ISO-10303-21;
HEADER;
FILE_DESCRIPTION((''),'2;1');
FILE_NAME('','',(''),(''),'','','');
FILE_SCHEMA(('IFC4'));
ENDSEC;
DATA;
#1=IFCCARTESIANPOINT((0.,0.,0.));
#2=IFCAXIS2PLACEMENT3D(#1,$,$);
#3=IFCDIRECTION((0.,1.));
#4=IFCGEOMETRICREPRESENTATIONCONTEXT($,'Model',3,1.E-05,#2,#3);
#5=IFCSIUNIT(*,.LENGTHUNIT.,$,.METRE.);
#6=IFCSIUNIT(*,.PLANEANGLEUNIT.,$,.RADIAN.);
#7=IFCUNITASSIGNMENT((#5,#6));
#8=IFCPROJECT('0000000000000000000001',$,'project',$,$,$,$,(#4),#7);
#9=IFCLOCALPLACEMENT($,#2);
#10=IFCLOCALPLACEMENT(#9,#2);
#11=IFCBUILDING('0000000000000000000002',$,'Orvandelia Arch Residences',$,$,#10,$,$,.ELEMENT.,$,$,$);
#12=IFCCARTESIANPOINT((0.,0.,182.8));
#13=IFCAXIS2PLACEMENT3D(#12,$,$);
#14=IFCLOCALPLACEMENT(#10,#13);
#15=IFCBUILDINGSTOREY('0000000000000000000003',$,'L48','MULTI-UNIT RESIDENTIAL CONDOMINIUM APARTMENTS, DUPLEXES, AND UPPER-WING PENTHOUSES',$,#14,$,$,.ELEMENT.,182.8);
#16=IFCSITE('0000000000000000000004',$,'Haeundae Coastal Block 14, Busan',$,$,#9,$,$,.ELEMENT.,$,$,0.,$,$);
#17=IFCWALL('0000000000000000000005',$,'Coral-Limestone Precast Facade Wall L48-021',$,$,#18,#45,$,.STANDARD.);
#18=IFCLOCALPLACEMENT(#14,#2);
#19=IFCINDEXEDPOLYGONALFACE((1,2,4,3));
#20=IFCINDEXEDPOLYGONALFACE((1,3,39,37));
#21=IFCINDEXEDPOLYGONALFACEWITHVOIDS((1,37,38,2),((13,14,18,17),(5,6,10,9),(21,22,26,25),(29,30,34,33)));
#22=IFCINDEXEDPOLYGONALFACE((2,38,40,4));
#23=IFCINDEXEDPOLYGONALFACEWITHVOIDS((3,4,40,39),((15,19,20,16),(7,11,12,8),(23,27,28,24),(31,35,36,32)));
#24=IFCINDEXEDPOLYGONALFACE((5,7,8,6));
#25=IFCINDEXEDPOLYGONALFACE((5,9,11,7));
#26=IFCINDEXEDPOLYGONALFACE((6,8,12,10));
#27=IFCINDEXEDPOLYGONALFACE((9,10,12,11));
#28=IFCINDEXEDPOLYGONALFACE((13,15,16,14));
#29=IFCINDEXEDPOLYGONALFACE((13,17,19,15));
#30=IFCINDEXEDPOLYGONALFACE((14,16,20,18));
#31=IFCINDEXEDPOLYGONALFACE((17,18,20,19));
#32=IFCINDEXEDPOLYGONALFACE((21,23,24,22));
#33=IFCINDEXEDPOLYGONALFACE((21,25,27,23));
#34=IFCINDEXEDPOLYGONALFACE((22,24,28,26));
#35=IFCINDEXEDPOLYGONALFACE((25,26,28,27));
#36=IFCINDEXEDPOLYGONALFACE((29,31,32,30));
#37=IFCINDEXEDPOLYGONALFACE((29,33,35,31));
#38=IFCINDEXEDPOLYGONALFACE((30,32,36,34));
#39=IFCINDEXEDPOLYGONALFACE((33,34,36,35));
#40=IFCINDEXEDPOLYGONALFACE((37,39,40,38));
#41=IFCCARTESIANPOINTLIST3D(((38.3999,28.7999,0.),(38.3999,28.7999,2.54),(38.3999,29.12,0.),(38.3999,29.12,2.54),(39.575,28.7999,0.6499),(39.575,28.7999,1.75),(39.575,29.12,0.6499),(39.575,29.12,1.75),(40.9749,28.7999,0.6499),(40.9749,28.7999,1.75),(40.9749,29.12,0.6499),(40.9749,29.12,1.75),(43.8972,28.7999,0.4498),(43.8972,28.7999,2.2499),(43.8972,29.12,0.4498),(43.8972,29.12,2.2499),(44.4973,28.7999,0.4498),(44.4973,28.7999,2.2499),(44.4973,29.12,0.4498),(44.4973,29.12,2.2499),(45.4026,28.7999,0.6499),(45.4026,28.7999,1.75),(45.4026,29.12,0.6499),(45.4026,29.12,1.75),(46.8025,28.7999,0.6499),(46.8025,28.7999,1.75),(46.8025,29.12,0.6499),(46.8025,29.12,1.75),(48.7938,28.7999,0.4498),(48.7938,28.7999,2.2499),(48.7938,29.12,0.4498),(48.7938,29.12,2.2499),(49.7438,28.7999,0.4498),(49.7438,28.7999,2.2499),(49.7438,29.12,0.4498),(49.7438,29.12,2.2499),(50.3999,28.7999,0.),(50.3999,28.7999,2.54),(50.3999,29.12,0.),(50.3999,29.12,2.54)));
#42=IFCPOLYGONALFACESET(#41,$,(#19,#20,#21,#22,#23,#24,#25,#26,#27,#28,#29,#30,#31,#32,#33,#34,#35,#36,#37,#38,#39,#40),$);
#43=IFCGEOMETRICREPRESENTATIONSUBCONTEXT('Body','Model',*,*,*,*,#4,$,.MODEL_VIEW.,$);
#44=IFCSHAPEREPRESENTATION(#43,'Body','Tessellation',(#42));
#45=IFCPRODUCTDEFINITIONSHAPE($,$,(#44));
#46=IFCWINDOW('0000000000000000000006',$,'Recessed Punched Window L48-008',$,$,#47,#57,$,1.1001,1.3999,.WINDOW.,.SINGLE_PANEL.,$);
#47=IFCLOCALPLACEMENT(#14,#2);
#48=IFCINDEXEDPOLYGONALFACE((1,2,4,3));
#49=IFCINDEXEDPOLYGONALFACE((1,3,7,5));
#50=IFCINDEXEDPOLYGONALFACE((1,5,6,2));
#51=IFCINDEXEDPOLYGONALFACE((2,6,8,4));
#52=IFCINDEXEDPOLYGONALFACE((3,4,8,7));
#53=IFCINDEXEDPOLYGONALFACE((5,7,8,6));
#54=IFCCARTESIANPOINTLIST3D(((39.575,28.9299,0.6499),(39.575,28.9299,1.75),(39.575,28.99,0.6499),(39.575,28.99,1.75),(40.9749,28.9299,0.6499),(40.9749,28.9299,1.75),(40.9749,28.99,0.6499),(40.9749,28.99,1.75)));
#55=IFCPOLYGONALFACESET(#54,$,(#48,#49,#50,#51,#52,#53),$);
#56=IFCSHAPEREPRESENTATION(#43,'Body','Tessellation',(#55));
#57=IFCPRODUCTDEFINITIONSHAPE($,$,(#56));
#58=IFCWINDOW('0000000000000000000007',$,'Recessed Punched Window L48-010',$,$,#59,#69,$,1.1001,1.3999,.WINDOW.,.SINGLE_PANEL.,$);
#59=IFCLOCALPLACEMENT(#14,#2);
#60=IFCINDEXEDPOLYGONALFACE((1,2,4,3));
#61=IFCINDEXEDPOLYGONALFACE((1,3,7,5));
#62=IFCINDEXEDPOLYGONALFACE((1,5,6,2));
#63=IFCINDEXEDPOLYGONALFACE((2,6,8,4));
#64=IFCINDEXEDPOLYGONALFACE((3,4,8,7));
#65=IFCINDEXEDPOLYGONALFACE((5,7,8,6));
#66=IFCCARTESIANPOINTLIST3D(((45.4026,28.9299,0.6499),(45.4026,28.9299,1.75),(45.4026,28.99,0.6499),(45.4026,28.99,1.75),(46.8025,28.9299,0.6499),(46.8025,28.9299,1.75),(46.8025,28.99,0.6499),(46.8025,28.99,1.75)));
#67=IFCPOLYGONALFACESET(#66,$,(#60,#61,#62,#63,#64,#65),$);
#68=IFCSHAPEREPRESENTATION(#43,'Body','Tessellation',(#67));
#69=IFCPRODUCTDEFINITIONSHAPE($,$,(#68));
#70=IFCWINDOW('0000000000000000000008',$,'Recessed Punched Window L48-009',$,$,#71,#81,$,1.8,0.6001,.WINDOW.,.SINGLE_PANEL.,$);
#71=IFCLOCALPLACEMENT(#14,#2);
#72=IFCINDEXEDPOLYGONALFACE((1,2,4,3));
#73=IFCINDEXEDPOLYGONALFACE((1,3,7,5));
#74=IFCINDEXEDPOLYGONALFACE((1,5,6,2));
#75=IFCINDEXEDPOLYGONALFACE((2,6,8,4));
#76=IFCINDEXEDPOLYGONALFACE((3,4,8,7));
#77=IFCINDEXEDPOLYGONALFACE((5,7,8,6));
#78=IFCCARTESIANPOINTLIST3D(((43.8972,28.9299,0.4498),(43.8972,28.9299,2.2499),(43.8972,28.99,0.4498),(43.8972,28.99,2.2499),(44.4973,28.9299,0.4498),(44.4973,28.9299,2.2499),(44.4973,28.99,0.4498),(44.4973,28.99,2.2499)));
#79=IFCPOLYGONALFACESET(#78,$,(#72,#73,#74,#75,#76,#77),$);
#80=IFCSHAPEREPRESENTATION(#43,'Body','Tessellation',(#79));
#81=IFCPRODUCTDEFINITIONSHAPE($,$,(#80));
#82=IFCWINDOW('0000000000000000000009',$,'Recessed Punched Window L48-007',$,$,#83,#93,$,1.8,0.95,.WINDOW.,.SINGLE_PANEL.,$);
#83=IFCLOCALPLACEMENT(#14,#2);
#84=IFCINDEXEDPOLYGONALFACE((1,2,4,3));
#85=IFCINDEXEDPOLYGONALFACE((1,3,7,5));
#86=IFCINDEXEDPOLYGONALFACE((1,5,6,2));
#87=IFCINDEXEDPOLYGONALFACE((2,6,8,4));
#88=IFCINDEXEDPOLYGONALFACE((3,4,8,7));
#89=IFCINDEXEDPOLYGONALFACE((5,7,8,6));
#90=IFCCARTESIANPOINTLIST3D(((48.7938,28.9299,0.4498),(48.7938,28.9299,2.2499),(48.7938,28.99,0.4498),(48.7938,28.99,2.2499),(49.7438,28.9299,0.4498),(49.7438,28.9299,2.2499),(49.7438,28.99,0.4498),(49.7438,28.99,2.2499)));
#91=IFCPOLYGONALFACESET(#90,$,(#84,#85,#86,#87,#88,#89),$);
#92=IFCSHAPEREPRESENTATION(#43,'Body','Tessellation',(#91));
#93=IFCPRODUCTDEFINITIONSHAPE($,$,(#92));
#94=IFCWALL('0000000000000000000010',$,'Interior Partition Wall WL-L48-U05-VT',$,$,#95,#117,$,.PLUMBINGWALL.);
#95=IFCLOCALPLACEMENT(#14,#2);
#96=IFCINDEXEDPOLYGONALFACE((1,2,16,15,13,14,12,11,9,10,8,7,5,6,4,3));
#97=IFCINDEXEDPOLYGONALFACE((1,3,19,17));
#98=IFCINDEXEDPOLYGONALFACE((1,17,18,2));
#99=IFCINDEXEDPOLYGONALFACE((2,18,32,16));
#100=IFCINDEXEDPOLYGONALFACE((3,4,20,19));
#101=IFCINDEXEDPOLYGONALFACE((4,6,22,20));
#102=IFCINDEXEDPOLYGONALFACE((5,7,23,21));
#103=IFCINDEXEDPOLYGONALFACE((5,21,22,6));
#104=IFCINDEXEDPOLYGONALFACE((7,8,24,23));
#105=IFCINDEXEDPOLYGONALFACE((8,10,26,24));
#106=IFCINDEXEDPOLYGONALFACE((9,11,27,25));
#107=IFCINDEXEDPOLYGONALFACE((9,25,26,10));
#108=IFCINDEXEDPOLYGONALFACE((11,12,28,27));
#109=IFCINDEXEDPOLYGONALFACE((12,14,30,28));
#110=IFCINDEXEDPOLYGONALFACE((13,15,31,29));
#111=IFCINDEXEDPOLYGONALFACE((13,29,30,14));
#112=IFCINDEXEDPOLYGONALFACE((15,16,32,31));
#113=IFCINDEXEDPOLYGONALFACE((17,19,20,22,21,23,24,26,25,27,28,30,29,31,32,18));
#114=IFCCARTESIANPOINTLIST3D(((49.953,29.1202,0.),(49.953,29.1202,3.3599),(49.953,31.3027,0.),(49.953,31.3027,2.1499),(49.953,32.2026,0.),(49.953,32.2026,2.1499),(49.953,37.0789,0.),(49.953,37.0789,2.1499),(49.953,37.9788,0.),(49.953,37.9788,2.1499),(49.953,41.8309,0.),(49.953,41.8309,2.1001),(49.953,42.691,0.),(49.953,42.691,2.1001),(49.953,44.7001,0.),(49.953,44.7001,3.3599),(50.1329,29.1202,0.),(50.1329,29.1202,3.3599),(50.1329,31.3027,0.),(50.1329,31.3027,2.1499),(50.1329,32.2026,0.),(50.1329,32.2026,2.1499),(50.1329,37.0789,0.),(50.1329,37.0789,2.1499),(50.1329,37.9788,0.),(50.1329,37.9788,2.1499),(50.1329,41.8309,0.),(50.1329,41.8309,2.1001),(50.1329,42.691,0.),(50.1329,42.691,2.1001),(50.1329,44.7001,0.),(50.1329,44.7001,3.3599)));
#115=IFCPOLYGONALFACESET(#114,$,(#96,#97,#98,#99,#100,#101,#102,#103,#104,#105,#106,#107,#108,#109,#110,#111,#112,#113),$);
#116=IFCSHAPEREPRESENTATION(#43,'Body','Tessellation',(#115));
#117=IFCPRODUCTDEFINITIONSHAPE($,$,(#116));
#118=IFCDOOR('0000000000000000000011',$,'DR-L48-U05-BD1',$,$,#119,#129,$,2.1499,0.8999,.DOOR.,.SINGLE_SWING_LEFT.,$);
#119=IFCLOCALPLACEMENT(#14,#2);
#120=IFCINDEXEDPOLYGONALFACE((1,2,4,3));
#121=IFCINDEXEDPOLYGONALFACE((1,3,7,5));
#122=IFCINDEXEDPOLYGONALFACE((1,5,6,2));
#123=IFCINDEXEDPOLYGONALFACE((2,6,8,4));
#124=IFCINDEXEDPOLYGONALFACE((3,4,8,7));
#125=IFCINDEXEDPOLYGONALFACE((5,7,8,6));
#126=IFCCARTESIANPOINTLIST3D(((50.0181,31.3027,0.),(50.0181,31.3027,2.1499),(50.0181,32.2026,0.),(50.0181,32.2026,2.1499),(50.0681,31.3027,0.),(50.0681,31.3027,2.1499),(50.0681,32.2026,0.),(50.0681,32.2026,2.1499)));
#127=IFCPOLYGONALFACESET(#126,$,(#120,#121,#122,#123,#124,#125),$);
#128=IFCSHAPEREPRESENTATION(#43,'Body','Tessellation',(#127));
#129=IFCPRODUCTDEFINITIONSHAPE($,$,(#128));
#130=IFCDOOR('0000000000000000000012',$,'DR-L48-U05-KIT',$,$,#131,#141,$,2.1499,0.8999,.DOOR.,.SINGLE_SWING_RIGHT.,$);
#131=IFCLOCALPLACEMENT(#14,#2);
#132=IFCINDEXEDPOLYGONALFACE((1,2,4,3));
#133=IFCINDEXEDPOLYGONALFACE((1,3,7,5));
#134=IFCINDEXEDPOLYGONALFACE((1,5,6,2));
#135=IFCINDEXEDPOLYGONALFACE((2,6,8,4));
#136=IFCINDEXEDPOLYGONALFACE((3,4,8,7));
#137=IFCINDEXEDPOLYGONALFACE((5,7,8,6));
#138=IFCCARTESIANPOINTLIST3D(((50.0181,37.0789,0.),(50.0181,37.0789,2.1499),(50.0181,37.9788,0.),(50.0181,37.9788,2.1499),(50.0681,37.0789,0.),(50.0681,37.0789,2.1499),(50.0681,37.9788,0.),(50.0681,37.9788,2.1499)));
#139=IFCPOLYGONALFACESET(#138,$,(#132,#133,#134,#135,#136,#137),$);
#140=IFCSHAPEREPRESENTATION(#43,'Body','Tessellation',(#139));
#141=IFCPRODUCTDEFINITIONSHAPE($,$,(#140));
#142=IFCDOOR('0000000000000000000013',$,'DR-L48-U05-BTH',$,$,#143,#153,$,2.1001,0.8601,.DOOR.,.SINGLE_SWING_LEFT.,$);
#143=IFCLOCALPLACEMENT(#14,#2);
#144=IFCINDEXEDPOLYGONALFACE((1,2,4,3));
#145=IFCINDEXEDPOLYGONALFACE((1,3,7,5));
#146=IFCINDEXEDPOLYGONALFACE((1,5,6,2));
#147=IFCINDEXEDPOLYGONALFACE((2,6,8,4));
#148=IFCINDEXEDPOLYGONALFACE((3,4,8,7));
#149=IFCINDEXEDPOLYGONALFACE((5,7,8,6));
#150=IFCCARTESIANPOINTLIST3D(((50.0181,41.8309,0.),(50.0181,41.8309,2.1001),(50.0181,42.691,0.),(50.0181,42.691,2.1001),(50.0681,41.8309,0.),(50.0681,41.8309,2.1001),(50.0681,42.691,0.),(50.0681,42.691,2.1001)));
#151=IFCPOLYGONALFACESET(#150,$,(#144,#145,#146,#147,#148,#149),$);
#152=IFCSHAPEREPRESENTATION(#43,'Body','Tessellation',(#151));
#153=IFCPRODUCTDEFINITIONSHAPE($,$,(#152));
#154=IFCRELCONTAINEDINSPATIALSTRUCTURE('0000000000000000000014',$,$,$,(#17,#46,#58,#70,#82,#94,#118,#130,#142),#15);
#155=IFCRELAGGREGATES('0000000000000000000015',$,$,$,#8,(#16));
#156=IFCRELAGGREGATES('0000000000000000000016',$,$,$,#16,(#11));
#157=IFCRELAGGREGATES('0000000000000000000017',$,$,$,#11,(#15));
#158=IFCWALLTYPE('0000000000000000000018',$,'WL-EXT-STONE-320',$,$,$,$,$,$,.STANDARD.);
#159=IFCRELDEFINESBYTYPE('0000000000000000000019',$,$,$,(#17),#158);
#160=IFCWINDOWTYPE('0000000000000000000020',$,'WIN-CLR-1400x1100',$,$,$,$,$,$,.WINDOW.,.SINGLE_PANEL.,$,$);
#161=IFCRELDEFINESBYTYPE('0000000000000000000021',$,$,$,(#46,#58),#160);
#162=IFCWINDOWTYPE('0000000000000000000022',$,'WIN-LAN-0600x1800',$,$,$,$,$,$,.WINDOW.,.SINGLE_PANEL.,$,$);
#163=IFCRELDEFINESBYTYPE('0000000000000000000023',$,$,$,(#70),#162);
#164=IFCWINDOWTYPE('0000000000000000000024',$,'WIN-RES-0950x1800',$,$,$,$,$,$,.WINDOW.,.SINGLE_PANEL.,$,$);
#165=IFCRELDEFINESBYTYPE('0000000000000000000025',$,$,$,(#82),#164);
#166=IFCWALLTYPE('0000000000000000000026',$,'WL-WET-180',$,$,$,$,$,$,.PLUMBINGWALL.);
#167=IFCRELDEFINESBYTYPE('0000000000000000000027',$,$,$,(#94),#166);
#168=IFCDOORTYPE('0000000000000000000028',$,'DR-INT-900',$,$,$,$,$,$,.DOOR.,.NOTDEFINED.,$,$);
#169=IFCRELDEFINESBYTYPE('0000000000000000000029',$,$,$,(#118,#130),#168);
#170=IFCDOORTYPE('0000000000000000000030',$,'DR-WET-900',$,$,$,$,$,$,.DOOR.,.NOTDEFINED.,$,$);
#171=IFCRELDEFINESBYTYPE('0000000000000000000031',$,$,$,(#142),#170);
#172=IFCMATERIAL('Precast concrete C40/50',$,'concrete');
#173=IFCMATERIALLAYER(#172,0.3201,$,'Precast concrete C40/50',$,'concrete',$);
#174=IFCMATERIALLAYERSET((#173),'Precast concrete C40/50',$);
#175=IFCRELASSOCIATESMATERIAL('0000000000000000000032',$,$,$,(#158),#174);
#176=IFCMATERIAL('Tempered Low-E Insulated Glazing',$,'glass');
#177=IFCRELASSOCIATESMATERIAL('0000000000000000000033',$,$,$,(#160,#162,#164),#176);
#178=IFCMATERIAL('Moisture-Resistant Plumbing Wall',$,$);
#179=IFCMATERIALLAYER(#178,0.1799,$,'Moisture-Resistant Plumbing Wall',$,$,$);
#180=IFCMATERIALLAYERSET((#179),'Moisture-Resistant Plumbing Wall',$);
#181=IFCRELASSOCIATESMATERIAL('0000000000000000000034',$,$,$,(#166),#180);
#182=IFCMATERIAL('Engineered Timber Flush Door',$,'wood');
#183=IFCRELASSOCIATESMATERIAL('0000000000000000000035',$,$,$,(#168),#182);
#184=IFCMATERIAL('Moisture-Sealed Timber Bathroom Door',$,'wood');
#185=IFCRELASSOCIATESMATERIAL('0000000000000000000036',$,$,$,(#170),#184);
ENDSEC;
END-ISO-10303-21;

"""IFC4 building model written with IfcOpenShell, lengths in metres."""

from ifc_helpers import new_model, si_unit, direction, frame, frame_2d, origin, place, context, subcontext, project, spatial, rectangle, extrude, material, layer, layer_set, type_object, element, fill, save


model = new_model("IFC4")

# Units and contexts
model_context = context("Model", 3, precision=1e-05, world=origin(), true_north=direction((0.0, 1.0)))
body_context = subcontext(model_context, "Body", "Model", "MODEL_VIEW")
ifc_project = project(units=[si_unit("LENGTHUNIT", "METRE"), si_unit("PLANEANGLEUNIT", "RADIAN")], contexts=[model_context])

# Site, building, storey
site_placement = place(None, origin())
site = spatial("IfcSite", under=ifc_project, at=site_placement, Name="Haeundae Coastal Block 14, Busan", CompositionType="ELEMENT", RefElevation=0.0)
building_placement = place(site_placement, origin())
building = spatial("IfcBuilding", under=site, at=building_placement, Name="Orvandelia Arch Residences", CompositionType="ELEMENT")
storey_placement = place(building_placement, frame((0.0, 0.0, 182.8)))
storey = spatial("IfcBuildingStorey", under=building, at=storey_placement, Name="L48", Description="MULTI-UNIT RESIDENTIAL CONDOMINIUM APARTMENTS, DUPLEXES, AND UPPER-WING PENTHOUSES", CompositionType="ELEMENT", Elevation=182.8)

# Shared definitions
ifc_material_1 = material(Name="Precast concrete C40/50", Category="concrete")
ifc_layer_1 = layer(ifc_material_1, 0.3201, Name="Precast concrete C40/50", Category="concrete")
ifc_layer_set_1 = layer_set([ifc_layer_1], Name="Precast concrete C40/50")
wall_type_1 = type_object("IfcWallType", Name="WL-EXT-STONE-320", PredefinedType="STANDARD", material=ifc_layer_set_1)

# Wall, openings, windows
wall_1_placement = place(storey_placement, frame((50.3999, 28.96, 0.0), z_axis=(0.0, 0.0, 1.0), x_axis=(-1.0, 0.0, 0.0)))
wall_1 = element("IfcWall", 1, at=wall_1_placement, inside=storey, type_object=wall_type_1, Name="Coral-Limestone Precast Facade Wall L48-021", PredefinedType="STANDARD", context=body_context, shape_type="SweptSolid", body=[
    extrude(rectangle(XDim=12.0, YDim=0.3201, at=frame_2d((6.0, 0.0))), origin(), (0.0, 0.0, 1.0), 2.54),
])
opening_1_placement = place(wall_1_placement, frame((0.656, 0.0, 0.45)))
opening_1 = element("IfcOpeningElement", 2, at=opening_1_placement, cuts=wall_1, PredefinedType="OPENING", context=body_context, shape_type="SweptSolid", body=[
    extrude(rectangle(XDim=0.95, YDim=1.8, at=frame_2d((0.4751, 0.8999))), frame((0.0, 0.1699, 0.0), z_axis=(0.0, -1.0, 0.0), x_axis=(1.0, 0.0, 0.0)), (0.0, 0.0, 1.0), 0.3401),
])
opening_2_placement = place(wall_1_placement, frame((9.425, 0.0, 0.6499)))
opening_2 = element("IfcOpeningElement", 3, at=opening_2_placement, cuts=wall_1, PredefinedType="OPENING", context=body_context, shape_type="SweptSolid", body=[
    extrude(rectangle(XDim=1.3999, YDim=1.1001, at=frame_2d((0.7, 0.55))), frame((0.0, 0.1699, 0.0), z_axis=(0.0, -1.0, 0.0), x_axis=(1.0, 0.0, 0.0)), (0.0, 0.0, 1.0), 0.3401),
])
opening_3_placement = place(wall_1_placement, frame((5.9026, 0.0, 0.45)))
opening_3 = element("IfcOpeningElement", 4, at=opening_3_placement, cuts=wall_1, PredefinedType="OPENING", context=body_context, shape_type="SweptSolid", body=[
    extrude(rectangle(XDim=0.6001, YDim=1.8, at=frame_2d((0.3, 0.8999))), frame((0.0, 0.1699, 0.0), z_axis=(0.0, -1.0, 0.0), x_axis=(1.0, 0.0, 0.0)), (0.0, 0.0, 1.0), 0.3401),
])
opening_4_placement = place(wall_1_placement, frame((3.5974, 0.0, 0.6499)))
opening_4 = element("IfcOpeningElement", 5, at=opening_4_placement, cuts=wall_1, PredefinedType="OPENING", context=body_context, shape_type="SweptSolid", body=[
    extrude(rectangle(XDim=1.3999, YDim=1.1001, at=frame_2d((0.7, 0.55))), frame((0.0, 0.1699, 0.0), z_axis=(0.0, -1.0, 0.0), x_axis=(1.0, 0.0, 0.0)), (0.0, 0.0, 1.0), 0.3401),
])
ifc_material_2 = material(Name="Tempered Low-E Insulated Glazing", Category="glass")
window_type_1 = type_object("IfcWindowType", Name="WIN-CLR-1400x1100", PartitioningType="SINGLE_PANEL", PredefinedType="WINDOW", material=ifc_material_2)
window_1_placement = place(opening_2_placement, origin())
window_1 = element("IfcWindow", 6, at=window_1_placement, inside=storey, type_object=window_type_1, Name="Recessed Punched Window L48-008", OverallHeight=1.1001, OverallWidth=1.3999, PartitioningType="SINGLE_PANEL", PredefinedType="WINDOW", context=body_context, shape_type="SweptSolid", body=[
    extrude(rectangle(XDim=1.3999, YDim=1.1001, at=frame_2d((0.7, 0.55))), frame((0.0, 0.03, 0.0), z_axis=(0.0, -1.0, 0.0), x_axis=(1.0, 0.0, 0.0)), (0.0, 0.0, 1.0), 0.0601),
])
fill(opening_2, window_1)
window_2_placement = place(opening_4_placement, origin())
window_2 = element("IfcWindow", 7, at=window_2_placement, inside=storey, type_object=window_type_1, Name="Recessed Punched Window L48-010", OverallHeight=1.1001, OverallWidth=1.3999, PartitioningType="SINGLE_PANEL", PredefinedType="WINDOW", context=body_context, shape_type="SweptSolid", body=[
    extrude(rectangle(XDim=1.3999, YDim=1.1001, at=frame_2d((0.7, 0.55))), frame((0.0, 0.03, 0.0), z_axis=(0.0, -1.0, 0.0), x_axis=(1.0, 0.0, 0.0)), (0.0, 0.0, 1.0), 0.0601),
])
fill(opening_4, window_2)
window_type_2 = type_object("IfcWindowType", Name="WIN-LAN-0600x1800", PartitioningType="SINGLE_PANEL", PredefinedType="WINDOW", material=ifc_material_2)
window_3_placement = place(opening_3_placement, origin())
window_3 = element("IfcWindow", 8, at=window_3_placement, inside=storey, type_object=window_type_2, Name="Recessed Punched Window L48-009", OverallHeight=1.8, OverallWidth=0.6001, PartitioningType="SINGLE_PANEL", PredefinedType="WINDOW", context=body_context, shape_type="SweptSolid", body=[
    extrude(rectangle(XDim=0.6001, YDim=1.8, at=frame_2d((0.3, 0.8999))), frame((0.0, 0.03, 0.0), z_axis=(0.0, -1.0, 0.0), x_axis=(1.0, 0.0, 0.0)), (0.0, 0.0, 1.0), 0.0601),
])
fill(opening_3, window_3)
window_type_3 = type_object("IfcWindowType", Name="WIN-RES-0950x1800", PartitioningType="SINGLE_PANEL", PredefinedType="WINDOW", material=ifc_material_2)
window_4_placement = place(opening_1_placement, origin())
window_4 = element("IfcWindow", 9, at=window_4_placement, inside=storey, type_object=window_type_3, Name="Recessed Punched Window L48-007", OverallHeight=1.8, OverallWidth=0.95, PartitioningType="SINGLE_PANEL", PredefinedType="WINDOW", context=body_context, shape_type="SweptSolid", body=[
    extrude(rectangle(XDim=0.95, YDim=1.8, at=frame_2d((0.4751, 0.8999))), frame((0.0, 0.03, 0.0), z_axis=(0.0, -1.0, 0.0), x_axis=(1.0, 0.0, 0.0)), (0.0, 0.0, 1.0), 0.0601),
])
fill(opening_1, window_4)

# Wall, openings, doors
ifc_material_3 = material(Name="Moisture-Resistant Plumbing Wall")
ifc_layer_2 = layer(ifc_material_3, 0.1799, Name="Moisture-Resistant Plumbing Wall")
ifc_layer_set_2 = layer_set([ifc_layer_2], Name="Moisture-Resistant Plumbing Wall")
wall_type_2 = type_object("IfcWallType", Name="WL-WET-180", PredefinedType="PLUMBINGWALL", material=ifc_layer_set_2)
wall_2_placement = place(storey_placement, frame((50.043, 29.1201, 0.0), z_axis=(0.0, 0.0, 1.0), x_axis=(0.0, 1.0, 0.0)))
wall_2 = element("IfcWall", 10, at=wall_2_placement, inside=storey, type_object=wall_type_2, Name="Interior Partition Wall WL-L48-U05-VT", PredefinedType="PLUMBINGWALL", context=body_context, shape_type="SweptSolid", body=[
    extrude(rectangle(XDim=15.5798, YDim=0.1799, at=frame_2d((7.79, 0.0))), origin(), (0.0, 0.0, 1.0), 3.3599),
])
opening_5_placement = place(wall_2_placement, frame((2.1826, 0.0, 0.0)))
opening_5 = element("IfcOpeningElement", 11, at=opening_5_placement, cuts=wall_2, PredefinedType="OPENING", context=body_context, shape_type="SweptSolid", body=[
    extrude(rectangle(XDim=0.8999, YDim=2.1499, at=frame_2d((0.45, 1.075))), frame((0.0, 0.1001, 0.0), z_axis=(0.0, -1.0, 0.0), x_axis=(1.0, 0.0, 0.0)), (0.0, 0.0, 1.0), 0.2),
])
opening_6_placement = place(wall_2_placement, frame((7.9587, 0.0, 0.0)))
opening_6 = element("IfcOpeningElement", 12, at=opening_6_placement, cuts=wall_2, PredefinedType="OPENING", context=body_context, shape_type="SweptSolid", body=[
    extrude(rectangle(XDim=0.8999, YDim=2.1499, at=frame_2d((0.45, 1.075))), frame((0.0, 0.1001, 0.0), z_axis=(0.0, -1.0, 0.0), x_axis=(1.0, 0.0, 0.0)), (0.0, 0.0, 1.0), 0.2),
])
opening_7_placement = place(wall_2_placement, frame((12.7107, 0.0, 0.0)))
opening_7 = element("IfcOpeningElement", 13, at=opening_7_placement, cuts=wall_2, PredefinedType="OPENING", context=body_context, shape_type="SweptSolid", body=[
    extrude(rectangle(XDim=0.8601, YDim=2.1001, at=frame_2d((0.4302, 1.05))), frame((0.0, 0.1001, 0.0), z_axis=(0.0, -1.0, 0.0), x_axis=(1.0, 0.0, 0.0)), (0.0, 0.0, 1.0), 0.2),
])
ifc_material_4 = material(Name="Engineered Timber Flush Door", Category="wood")
door_type_1 = type_object("IfcDoorType", Name="DR-INT-900", OperationType="NOTDEFINED", PredefinedType="DOOR", material=ifc_material_4)
door_1_placement = place(opening_5_placement, origin())
door_1 = element("IfcDoor", 14, at=door_1_placement, inside=storey, type_object=door_type_1, Name="DR-L48-U05-BD1", OperationType="SINGLE_SWING_LEFT", OverallHeight=2.1499, OverallWidth=0.8999, PredefinedType="DOOR", context=body_context, shape_type="SweptSolid", body=[
    extrude(rectangle(XDim=0.8999, YDim=2.1499, at=frame_2d((0.45, 1.075))), frame((0.0, 0.0249, 0.0), z_axis=(0.0, -1.0, 0.0), x_axis=(1.0, 0.0, 0.0)), (0.0, 0.0, 1.0), 0.05),
])
fill(opening_5, door_1)
door_2_placement = place(opening_6_placement, origin())
door_2 = element("IfcDoor", 15, at=door_2_placement, inside=storey, type_object=door_type_1, Name="DR-L48-U05-KIT", OperationType="SINGLE_SWING_RIGHT", OverallHeight=2.1499, OverallWidth=0.8999, PredefinedType="DOOR", context=body_context, shape_type="SweptSolid", body=[
    extrude(rectangle(XDim=0.8999, YDim=2.1499, at=frame_2d((0.45, 1.075))), frame((0.0, 0.0249, 0.0), z_axis=(0.0, -1.0, 0.0), x_axis=(1.0, 0.0, 0.0)), (0.0, 0.0, 1.0), 0.05),
])
fill(opening_6, door_2)
ifc_material_5 = material(Name="Moisture-Sealed Timber Bathroom Door", Category="wood")
door_type_2 = type_object("IfcDoorType", Name="DR-WET-900", OperationType="NOTDEFINED", PredefinedType="DOOR", material=ifc_material_5)
door_3_placement = place(opening_7_placement, origin())
door_3 = element("IfcDoor", 16, at=door_3_placement, inside=storey, type_object=door_type_2, Name="DR-L48-U05-BTH", OperationType="SINGLE_SWING_LEFT", OverallHeight=2.1001, OverallWidth=0.8601, PredefinedType="DOOR", context=body_context, shape_type="SweptSolid", body=[
    extrude(rectangle(XDim=0.8601, YDim=2.1001, at=frame_2d((0.4302, 1.05))), frame((0.0, 0.0249, 0.0), z_axis=(0.0, -1.0, 0.0), x_axis=(1.0, 0.0, 0.0)), (0.0, 0.0, 1.0), 0.05),
])
fill(opening_7, door_3)

save(model, "model.ifc")
